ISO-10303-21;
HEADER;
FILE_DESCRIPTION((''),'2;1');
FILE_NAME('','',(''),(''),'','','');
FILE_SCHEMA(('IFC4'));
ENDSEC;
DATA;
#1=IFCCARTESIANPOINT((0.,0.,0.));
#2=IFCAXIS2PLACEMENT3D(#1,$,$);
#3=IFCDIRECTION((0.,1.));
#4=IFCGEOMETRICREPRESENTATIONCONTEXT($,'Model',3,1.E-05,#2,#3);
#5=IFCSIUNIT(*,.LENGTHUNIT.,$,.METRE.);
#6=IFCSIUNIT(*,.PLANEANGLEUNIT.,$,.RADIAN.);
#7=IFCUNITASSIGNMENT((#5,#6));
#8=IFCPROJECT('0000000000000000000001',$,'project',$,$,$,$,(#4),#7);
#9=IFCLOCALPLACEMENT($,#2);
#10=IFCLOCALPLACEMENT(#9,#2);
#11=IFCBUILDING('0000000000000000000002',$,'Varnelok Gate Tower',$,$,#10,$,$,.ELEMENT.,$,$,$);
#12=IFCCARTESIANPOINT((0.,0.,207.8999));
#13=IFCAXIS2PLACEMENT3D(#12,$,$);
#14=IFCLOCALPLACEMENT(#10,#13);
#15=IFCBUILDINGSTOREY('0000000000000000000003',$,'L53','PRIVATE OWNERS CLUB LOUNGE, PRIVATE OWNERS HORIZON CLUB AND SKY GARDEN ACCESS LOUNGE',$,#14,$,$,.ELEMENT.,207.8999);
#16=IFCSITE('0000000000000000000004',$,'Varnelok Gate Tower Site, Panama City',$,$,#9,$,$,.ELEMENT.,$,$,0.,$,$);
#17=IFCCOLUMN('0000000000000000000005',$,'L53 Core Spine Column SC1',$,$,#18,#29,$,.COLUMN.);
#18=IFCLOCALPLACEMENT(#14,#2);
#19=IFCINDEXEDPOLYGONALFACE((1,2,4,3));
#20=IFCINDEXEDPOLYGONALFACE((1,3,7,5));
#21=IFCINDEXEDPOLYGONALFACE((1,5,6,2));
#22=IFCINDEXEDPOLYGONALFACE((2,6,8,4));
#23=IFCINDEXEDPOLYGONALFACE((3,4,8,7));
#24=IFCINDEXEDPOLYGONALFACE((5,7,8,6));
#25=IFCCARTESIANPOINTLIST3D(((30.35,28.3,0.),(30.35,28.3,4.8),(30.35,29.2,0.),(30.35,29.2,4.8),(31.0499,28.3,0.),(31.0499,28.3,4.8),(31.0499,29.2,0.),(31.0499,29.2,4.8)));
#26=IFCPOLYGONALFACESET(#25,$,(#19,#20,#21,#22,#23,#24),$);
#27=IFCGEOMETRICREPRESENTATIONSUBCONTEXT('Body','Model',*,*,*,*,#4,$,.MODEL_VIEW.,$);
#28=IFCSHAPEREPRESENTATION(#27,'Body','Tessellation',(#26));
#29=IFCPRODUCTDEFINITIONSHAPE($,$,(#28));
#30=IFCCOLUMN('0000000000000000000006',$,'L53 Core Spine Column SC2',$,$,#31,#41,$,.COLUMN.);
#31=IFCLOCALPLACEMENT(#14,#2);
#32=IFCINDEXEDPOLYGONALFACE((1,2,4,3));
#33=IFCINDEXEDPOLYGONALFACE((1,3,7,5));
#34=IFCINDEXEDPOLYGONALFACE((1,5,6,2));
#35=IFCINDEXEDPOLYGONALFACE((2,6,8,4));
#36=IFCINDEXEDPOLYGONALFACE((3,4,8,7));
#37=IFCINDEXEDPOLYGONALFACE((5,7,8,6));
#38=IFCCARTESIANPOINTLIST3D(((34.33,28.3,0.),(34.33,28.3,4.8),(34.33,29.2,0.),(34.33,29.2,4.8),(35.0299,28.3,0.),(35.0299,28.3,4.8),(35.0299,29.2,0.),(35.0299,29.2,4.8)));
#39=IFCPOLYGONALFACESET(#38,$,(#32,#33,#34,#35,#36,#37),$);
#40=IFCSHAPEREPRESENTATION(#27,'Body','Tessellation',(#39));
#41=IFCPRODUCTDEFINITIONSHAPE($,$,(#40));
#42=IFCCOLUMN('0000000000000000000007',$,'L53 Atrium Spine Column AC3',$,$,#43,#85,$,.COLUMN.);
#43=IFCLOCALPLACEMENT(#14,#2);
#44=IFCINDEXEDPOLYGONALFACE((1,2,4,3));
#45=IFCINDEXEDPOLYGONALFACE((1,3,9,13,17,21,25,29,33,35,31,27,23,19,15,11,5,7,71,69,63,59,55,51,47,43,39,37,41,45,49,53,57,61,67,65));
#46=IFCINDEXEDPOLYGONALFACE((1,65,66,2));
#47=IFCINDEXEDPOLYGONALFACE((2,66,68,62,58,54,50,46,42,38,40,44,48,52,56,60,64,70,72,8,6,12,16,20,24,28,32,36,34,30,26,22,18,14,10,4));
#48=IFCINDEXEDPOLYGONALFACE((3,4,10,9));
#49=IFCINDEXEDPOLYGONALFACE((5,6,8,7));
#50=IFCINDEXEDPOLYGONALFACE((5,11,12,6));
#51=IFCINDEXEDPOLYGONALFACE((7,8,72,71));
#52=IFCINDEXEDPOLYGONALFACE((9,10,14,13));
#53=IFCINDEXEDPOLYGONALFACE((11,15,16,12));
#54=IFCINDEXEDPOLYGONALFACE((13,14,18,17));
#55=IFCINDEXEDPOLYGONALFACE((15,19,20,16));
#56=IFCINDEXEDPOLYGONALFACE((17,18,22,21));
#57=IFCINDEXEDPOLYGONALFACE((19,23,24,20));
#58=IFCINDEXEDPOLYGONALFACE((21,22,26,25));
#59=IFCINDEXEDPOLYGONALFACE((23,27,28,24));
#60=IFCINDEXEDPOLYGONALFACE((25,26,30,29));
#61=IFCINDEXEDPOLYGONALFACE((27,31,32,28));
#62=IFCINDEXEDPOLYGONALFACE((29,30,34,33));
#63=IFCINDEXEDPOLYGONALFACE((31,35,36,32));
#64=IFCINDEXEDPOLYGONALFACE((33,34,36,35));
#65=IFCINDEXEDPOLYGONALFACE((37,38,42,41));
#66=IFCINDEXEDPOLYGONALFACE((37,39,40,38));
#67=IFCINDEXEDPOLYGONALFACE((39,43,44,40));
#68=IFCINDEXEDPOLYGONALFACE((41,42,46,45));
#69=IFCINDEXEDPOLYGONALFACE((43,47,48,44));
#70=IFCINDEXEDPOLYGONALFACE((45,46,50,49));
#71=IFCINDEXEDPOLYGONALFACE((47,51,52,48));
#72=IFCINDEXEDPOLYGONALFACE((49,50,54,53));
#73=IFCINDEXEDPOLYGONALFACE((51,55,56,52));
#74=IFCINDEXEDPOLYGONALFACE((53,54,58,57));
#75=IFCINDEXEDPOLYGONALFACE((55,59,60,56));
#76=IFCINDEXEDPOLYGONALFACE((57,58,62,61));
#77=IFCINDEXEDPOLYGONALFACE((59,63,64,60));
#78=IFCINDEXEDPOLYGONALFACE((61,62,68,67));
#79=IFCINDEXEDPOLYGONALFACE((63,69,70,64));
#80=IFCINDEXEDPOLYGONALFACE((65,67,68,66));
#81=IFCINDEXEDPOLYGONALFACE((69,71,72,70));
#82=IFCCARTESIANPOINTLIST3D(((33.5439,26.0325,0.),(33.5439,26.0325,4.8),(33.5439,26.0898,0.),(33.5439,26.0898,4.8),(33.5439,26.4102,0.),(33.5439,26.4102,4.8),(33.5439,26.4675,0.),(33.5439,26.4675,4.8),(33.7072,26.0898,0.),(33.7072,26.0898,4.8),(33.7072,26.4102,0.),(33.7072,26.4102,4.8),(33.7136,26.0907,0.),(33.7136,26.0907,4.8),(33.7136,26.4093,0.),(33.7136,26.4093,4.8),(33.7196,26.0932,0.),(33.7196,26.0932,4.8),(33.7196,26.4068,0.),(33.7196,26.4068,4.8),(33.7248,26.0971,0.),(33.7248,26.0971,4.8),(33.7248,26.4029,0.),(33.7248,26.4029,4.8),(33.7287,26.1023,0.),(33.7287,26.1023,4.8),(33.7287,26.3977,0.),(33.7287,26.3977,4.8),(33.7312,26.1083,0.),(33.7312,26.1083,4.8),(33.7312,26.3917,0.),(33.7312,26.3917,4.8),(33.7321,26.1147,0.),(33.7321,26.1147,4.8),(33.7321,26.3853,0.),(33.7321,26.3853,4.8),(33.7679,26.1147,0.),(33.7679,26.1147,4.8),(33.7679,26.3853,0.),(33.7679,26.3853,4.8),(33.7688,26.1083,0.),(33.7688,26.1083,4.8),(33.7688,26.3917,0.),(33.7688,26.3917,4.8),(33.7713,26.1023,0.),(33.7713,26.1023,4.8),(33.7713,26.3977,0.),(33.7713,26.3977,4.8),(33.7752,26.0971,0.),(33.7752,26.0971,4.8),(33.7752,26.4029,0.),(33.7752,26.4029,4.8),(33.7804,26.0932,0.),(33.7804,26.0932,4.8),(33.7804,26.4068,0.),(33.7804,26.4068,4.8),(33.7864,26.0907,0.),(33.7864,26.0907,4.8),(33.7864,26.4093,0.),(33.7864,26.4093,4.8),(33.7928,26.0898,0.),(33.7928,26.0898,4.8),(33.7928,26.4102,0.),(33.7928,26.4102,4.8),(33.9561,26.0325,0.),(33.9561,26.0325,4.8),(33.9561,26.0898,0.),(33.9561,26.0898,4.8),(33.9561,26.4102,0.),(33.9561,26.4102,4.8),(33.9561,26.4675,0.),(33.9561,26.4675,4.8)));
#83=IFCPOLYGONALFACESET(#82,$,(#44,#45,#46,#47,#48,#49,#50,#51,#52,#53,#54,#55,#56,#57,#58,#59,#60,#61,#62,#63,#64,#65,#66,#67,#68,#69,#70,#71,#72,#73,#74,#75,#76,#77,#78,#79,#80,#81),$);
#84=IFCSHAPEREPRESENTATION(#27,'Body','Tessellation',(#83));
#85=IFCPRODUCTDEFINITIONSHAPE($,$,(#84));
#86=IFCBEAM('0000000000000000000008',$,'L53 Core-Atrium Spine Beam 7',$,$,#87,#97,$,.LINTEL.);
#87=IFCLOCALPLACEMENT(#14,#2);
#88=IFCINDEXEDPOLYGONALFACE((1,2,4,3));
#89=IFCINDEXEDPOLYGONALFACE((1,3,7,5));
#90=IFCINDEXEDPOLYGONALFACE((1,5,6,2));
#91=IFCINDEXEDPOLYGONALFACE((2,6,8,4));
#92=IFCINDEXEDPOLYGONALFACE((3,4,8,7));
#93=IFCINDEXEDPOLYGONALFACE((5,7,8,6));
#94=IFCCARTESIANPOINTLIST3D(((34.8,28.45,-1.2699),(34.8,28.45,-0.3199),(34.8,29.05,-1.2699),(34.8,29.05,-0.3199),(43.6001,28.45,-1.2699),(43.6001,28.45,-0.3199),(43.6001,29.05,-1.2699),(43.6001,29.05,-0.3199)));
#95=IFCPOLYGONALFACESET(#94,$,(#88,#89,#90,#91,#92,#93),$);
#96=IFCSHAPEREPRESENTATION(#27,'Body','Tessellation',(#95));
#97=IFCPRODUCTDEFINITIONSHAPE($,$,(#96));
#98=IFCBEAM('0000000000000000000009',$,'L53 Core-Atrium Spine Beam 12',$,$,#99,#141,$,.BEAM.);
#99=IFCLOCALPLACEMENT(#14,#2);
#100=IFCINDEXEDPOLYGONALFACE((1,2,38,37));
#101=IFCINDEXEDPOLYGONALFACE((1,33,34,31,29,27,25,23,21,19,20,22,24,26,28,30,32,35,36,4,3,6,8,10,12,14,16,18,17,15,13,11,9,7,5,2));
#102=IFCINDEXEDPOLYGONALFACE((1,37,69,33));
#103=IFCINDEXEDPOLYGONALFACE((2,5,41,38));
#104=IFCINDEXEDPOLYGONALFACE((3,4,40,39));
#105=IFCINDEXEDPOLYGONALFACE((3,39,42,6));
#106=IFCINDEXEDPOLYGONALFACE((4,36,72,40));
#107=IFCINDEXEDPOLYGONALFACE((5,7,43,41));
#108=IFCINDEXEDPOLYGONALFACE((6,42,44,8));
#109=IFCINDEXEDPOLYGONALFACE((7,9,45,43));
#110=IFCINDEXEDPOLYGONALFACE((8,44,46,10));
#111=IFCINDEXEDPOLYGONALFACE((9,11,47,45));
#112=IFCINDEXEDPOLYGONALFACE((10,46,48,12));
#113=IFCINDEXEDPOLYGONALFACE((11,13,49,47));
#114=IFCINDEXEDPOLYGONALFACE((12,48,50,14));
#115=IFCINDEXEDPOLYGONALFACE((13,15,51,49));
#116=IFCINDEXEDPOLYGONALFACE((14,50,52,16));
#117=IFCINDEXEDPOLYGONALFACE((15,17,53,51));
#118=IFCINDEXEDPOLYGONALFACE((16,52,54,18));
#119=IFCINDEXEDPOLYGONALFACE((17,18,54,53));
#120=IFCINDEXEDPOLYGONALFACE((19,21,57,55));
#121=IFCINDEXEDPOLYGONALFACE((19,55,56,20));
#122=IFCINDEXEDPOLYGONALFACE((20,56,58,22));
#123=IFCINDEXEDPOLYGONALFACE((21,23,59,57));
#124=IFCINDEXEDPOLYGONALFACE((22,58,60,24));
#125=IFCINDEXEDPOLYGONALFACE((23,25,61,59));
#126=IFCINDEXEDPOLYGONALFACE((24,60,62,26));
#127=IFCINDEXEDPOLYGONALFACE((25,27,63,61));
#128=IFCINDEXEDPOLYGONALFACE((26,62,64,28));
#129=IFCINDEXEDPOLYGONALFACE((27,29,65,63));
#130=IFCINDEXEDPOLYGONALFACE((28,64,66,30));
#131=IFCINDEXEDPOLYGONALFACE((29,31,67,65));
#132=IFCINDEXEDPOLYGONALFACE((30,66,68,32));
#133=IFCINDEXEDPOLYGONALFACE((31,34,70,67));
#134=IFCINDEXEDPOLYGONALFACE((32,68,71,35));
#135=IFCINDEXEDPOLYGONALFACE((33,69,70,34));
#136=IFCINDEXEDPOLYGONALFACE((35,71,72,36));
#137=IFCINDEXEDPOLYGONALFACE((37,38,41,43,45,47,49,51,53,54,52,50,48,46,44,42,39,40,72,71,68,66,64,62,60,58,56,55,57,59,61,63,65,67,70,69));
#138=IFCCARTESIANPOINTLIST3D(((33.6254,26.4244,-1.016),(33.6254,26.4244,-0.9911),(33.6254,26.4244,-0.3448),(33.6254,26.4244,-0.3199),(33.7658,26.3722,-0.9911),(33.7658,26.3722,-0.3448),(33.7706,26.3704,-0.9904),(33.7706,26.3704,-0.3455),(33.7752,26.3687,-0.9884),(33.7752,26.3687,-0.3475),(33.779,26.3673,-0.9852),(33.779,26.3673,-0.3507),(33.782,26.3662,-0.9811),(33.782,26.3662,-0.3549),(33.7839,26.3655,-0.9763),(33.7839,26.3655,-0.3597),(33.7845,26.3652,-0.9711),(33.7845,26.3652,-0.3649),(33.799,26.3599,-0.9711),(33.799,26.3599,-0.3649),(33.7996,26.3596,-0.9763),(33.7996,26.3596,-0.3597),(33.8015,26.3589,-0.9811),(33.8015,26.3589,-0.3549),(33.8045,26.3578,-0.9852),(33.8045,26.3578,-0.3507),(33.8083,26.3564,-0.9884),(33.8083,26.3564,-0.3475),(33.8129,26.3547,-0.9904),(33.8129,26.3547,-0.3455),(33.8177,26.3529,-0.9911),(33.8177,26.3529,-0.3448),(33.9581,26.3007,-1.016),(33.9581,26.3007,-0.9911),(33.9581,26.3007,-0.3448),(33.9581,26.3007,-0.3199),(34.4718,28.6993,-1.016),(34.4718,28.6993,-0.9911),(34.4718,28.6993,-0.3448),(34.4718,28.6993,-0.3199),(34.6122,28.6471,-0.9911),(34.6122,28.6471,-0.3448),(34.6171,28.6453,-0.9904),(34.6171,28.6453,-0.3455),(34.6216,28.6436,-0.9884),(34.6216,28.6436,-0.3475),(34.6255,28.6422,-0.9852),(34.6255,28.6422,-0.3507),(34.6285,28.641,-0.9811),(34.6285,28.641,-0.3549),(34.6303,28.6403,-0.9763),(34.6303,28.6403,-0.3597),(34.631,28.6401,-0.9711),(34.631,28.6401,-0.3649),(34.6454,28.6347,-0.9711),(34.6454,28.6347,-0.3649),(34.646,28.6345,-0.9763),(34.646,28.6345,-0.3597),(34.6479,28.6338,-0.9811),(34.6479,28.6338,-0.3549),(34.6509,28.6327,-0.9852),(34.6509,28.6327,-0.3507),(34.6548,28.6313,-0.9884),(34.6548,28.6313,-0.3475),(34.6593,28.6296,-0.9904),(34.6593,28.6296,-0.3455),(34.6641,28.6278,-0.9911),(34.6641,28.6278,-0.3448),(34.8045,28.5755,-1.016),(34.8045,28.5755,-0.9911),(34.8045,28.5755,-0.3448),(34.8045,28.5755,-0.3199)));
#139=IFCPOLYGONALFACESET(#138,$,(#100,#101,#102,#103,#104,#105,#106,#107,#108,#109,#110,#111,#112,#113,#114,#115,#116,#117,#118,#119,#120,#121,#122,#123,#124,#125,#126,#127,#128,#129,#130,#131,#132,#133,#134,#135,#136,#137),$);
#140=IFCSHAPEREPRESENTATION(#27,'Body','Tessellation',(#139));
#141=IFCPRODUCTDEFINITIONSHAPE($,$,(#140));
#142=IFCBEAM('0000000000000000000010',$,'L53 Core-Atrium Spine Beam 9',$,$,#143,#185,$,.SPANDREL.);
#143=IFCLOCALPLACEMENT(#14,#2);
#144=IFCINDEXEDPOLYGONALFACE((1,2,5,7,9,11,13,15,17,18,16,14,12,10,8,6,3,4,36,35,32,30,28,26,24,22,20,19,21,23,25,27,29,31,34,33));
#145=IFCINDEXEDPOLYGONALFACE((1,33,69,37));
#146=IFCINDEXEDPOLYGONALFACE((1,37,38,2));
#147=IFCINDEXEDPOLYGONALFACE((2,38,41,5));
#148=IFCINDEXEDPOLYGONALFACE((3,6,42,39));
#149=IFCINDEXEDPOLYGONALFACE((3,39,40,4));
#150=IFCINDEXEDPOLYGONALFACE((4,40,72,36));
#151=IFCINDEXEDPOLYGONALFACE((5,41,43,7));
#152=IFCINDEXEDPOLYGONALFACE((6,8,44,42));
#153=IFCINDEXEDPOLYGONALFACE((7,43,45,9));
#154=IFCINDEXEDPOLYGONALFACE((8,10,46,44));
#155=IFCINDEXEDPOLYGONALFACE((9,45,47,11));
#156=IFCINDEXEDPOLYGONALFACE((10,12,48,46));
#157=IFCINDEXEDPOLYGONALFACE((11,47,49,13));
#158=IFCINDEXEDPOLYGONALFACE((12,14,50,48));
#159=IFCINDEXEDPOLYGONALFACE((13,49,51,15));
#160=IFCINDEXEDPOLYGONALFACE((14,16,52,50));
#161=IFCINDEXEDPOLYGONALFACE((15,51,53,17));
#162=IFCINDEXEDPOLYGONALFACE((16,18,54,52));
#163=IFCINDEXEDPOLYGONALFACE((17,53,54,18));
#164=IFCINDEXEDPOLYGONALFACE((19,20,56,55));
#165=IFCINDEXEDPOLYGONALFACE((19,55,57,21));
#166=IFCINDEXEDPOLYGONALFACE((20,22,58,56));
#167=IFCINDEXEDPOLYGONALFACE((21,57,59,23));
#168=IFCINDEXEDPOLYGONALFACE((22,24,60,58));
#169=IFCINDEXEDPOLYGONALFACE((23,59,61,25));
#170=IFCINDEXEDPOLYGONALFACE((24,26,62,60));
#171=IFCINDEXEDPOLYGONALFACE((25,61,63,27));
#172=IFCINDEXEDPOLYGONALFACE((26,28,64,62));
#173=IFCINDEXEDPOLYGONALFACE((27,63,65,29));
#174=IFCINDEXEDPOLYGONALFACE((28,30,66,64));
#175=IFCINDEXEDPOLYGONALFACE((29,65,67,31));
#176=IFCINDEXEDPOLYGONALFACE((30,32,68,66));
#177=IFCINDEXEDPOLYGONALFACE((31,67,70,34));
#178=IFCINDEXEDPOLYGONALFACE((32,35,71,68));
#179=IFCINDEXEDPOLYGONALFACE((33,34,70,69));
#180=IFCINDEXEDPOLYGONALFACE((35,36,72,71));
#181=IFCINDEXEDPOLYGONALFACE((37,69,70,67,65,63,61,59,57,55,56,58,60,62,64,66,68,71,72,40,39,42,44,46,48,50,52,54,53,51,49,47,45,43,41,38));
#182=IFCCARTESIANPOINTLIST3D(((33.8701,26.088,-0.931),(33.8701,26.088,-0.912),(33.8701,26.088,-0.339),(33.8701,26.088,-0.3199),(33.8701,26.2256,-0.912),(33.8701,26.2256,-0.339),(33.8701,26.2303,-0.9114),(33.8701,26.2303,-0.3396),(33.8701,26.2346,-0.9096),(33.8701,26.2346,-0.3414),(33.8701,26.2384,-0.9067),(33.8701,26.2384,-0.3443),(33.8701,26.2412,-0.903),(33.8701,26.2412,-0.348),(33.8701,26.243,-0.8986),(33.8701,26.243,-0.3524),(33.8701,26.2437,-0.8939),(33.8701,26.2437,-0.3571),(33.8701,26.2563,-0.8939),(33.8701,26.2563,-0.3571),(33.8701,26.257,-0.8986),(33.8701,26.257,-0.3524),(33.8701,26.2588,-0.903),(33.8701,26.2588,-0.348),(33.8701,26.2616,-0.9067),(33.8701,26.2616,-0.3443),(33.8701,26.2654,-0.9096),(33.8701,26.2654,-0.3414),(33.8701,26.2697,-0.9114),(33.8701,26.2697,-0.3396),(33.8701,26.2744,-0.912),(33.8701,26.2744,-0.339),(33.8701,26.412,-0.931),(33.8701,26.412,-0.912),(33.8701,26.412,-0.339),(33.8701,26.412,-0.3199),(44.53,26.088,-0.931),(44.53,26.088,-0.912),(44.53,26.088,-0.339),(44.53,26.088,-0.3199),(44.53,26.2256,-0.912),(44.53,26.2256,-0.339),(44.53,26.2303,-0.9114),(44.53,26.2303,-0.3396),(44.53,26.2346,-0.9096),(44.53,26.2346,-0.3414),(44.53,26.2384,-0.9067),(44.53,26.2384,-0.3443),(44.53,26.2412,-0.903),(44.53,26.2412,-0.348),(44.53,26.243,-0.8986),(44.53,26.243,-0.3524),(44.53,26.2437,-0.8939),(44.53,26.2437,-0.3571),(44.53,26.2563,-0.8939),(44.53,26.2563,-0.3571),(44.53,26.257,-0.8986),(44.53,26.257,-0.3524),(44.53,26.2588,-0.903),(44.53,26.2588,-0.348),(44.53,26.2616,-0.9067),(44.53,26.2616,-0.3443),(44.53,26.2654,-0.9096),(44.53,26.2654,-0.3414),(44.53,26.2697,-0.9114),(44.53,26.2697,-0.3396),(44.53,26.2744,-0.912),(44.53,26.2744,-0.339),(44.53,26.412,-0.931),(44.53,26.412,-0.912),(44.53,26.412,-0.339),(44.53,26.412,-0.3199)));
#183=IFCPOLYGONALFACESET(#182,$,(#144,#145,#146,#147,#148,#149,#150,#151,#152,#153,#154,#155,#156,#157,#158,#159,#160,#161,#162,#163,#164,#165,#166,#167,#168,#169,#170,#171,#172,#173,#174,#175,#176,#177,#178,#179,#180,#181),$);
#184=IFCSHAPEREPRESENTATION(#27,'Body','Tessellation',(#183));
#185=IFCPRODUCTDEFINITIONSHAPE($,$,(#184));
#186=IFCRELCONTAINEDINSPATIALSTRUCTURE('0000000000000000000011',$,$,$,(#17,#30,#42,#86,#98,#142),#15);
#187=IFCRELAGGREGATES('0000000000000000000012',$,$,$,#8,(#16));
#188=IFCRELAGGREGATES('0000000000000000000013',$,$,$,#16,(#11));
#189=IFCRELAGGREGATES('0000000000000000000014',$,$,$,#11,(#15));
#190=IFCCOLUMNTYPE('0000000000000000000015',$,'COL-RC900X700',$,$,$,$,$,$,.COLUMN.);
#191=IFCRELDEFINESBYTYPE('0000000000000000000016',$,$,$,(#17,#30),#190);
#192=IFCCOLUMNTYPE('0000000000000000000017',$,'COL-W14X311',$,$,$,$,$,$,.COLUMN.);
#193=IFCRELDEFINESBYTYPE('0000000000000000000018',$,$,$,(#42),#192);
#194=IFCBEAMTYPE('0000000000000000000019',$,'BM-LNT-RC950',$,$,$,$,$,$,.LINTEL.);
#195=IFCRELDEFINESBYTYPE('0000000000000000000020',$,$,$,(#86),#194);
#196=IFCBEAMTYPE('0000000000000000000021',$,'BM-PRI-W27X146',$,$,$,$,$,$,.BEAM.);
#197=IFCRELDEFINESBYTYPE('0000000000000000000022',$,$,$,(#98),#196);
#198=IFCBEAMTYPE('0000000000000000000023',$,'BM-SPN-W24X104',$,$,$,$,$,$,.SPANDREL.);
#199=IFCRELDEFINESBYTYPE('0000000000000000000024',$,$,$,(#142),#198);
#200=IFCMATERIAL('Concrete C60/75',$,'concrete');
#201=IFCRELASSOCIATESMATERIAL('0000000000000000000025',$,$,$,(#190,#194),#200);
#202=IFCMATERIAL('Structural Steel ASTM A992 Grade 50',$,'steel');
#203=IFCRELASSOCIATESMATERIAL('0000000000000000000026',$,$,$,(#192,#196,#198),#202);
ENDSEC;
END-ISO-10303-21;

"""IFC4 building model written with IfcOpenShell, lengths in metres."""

from ifc_helpers import new_model, si_unit, direction, frame, origin, origin_2d, place, context, subcontext, project, spatial, rectangle, i_section, extrude, material, material_profile, profile_set, type_object, element, save


model = new_model("IFC4")

# Units and contexts
model_context = context("Model", 3, precision=1e-05, world=origin(), true_north=direction((0.0, 1.0)))
body_context = subcontext(model_context, "Body", "Model", "MODEL_VIEW")
ifc_project = project(units=[si_unit("LENGTHUNIT", "METRE"), si_unit("PLANEANGLEUNIT", "RADIAN")], contexts=[model_context])

# Site, building, storey
site_placement = place(None, origin())
site = spatial("IfcSite", under=ifc_project, at=site_placement, Name="Varnelok Gate Tower Site, Panama City", CompositionType="ELEMENT", RefElevation=0.0)
building_placement = place(site_placement, origin())
building = spatial("IfcBuilding", under=site, at=building_placement, Name="Varnelok Gate Tower", CompositionType="ELEMENT")
storey_placement = place(building_placement, frame((0.0, 0.0, 207.8999)))
storey = spatial("IfcBuildingStorey", under=building, at=storey_placement, Name="L53", Description="PRIVATE OWNERS CLUB LOUNGE, PRIVATE OWNERS HORIZON CLUB AND SKY GARDEN ACCESS LOUNGE", CompositionType="ELEMENT", Elevation=207.8999)

# Columns
ifc_material_1 = material(Name="Concrete C60/75", Category="concrete")
ifc_material_profile_1 = material_profile(ifc_material_1, rectangle(XDim=0.7, YDim=0.8999, at=origin_2d()), Name="RC900X700")
ifc_profile_set_1 = profile_set([ifc_material_profile_1], Name="Concrete C60/75")
column_type_1 = type_object("IfcColumnType", Name="COL-RC900X700", PredefinedType="COLUMN", material=ifc_profile_set_1)
for number, where, z_axis, x_axis, name in (
    (1, (30.7, 28.75, 0.0), (0.0, 0.0, 1.0), (1.0, 0.0, 0.0), "L53 Core Spine Column SC1"),
    (2, (34.6799, 28.75, 0.0), (0.0, 0.0, 1.0), (1.0, 0.0, 0.0), "L53 Core Spine Column SC2"),
):
    element("IfcColumn", number, at=place(storey_placement, frame(where, z_axis=z_axis, x_axis=x_axis)), inside=storey, type_object=column_type_1, Name=name, PredefinedType="COLUMN", context=body_context, shape_type="SweptSolid", body=[
        extrude(rectangle(XDim=0.7, YDim=0.8999, at=origin_2d()), origin(), (0.0, 0.0, 1.0), 4.8),
    ])
ifc_material_2 = material(Name="Structural Steel ASTM A992 Grade 50", Category="steel")
ifc_material_profile_2 = material_profile(ifc_material_2, i_section(OverallWidth=0.4121, OverallDepth=0.4351, WebThickness=0.0359, FlangeThickness=0.0574, FilletRadius=0.0249, at=origin_2d()), Name="W14X311")
ifc_profile_set_2 = profile_set([ifc_material_profile_2], Name="Structural Steel ASTM A992 Grade 50")
column_type_2 = type_object("IfcColumnType", Name="COL-W14X311", PredefinedType="COLUMN", material=ifc_profile_set_2)
column_placement = place(storey_placement, frame((33.75, 26.25, 0.0), z_axis=(0.0, 0.0, 1.0), x_axis=(1.0, 0.0, 0.0)))
element("IfcColumn", 3, at=column_placement, inside=storey, type_object=column_type_2, Name="L53 Atrium Spine Column AC3", PredefinedType="COLUMN", context=body_context, shape_type="SweptSolid", body=[
    extrude(i_section(OverallWidth=0.4121, OverallDepth=0.4351, WebThickness=0.0359, FlangeThickness=0.0574, FilletRadius=0.0249, at=origin_2d()), origin(), (0.0, 0.0, 1.0), 4.8),
])

# Beams
ifc_material_profile_3 = material_profile(ifc_material_1, rectangle(XDim=0.6001, YDim=0.95, at=origin_2d()), Name="RC950X600")
ifc_profile_set_3 = profile_set([ifc_material_profile_3], Name="Concrete C60/75")
beam_type_1 = type_object("IfcBeamType", Name="BM-LNT-RC950", PredefinedType="LINTEL", material=ifc_profile_set_3)
beam_1_placement = place(storey_placement, frame((34.8, 28.75, -0.7949), z_axis=(1.0, 0.0, 0.0), x_axis=(0.0, 1.0, 0.0)))
element("IfcBeam", 4, at=beam_1_placement, inside=storey, type_object=beam_type_1, Name="L53 Core-Atrium Spine Beam 7", PredefinedType="LINTEL", context=body_context, shape_type="SweptSolid", body=[
    extrude(rectangle(XDim=0.6001, YDim=0.95, at=origin_2d()), origin(), (0.0, 0.0, 1.0), 8.8),
])
ifc_material_profile_4 = material_profile(ifc_material_2, i_section(OverallWidth=0.355, OverallDepth=0.696, WebThickness=0.0154, FlangeThickness=0.0249, FilletRadius=0.02, at=origin_2d()), Name="W27X146")
ifc_profile_set_4 = profile_set([ifc_material_profile_4], Name="Structural Steel ASTM A992 Grade 50")
beam_type_2 = type_object("IfcBeamType", Name="BM-PRI-W27X146", PredefinedType="BEAM", material=ifc_profile_set_4)
beam_2_placement = place(storey_placement, frame((33.7917, 26.3625, -0.668), z_axis=(0.348719, 0.937227, 0.0), x_axis=(-0.937227, 0.348719, 0.0)))
element("IfcBeam", 5, at=beam_2_placement, inside=storey, type_object=beam_type_2, Name="L53 Core-Atrium Spine Beam 12", PredefinedType="BEAM", context=body_context, shape_type="SweptSolid", body=[
    extrude(i_section(OverallWidth=0.355, OverallDepth=0.696, WebThickness=0.0154, FlangeThickness=0.0249, FilletRadius=0.02, at=origin_2d()), origin(), (0.0, 0.0, 1.0), 2.4272),
])
ifc_material_profile_5 = material_profile(ifc_material_2, i_section(OverallWidth=0.324, OverallDepth=0.6111, WebThickness=0.0127, FlangeThickness=0.019, FilletRadius=0.0181, at=origin_2d()), Name="W24X104")
ifc_profile_set_5 = profile_set([ifc_material_profile_5], Name="Structural Steel ASTM A992 Grade 50")
beam_type_3 = type_object("IfcBeamType", Name="BM-SPN-W24X104", PredefinedType="SPANDREL", material=ifc_profile_set_5)
beam_3_placement = place(storey_placement, frame((33.8701, 26.25, -0.6255), z_axis=(1.0, 0.0, 0.0), x_axis=(0.0, 1.0, 0.0)))
element("IfcBeam", 6, at=beam_3_placement, inside=storey, type_object=beam_type_3, Name="L53 Core-Atrium Spine Beam 9", PredefinedType="SPANDREL", context=body_context, shape_type="SweptSolid", body=[
    extrude(i_section(OverallWidth=0.324, OverallDepth=0.6111, WebThickness=0.0127, FlangeThickness=0.019, FilletRadius=0.0181, at=origin_2d()), origin(), (0.0, 0.0, 1.0), 10.6599),
])

save(model, "model.ifc")
